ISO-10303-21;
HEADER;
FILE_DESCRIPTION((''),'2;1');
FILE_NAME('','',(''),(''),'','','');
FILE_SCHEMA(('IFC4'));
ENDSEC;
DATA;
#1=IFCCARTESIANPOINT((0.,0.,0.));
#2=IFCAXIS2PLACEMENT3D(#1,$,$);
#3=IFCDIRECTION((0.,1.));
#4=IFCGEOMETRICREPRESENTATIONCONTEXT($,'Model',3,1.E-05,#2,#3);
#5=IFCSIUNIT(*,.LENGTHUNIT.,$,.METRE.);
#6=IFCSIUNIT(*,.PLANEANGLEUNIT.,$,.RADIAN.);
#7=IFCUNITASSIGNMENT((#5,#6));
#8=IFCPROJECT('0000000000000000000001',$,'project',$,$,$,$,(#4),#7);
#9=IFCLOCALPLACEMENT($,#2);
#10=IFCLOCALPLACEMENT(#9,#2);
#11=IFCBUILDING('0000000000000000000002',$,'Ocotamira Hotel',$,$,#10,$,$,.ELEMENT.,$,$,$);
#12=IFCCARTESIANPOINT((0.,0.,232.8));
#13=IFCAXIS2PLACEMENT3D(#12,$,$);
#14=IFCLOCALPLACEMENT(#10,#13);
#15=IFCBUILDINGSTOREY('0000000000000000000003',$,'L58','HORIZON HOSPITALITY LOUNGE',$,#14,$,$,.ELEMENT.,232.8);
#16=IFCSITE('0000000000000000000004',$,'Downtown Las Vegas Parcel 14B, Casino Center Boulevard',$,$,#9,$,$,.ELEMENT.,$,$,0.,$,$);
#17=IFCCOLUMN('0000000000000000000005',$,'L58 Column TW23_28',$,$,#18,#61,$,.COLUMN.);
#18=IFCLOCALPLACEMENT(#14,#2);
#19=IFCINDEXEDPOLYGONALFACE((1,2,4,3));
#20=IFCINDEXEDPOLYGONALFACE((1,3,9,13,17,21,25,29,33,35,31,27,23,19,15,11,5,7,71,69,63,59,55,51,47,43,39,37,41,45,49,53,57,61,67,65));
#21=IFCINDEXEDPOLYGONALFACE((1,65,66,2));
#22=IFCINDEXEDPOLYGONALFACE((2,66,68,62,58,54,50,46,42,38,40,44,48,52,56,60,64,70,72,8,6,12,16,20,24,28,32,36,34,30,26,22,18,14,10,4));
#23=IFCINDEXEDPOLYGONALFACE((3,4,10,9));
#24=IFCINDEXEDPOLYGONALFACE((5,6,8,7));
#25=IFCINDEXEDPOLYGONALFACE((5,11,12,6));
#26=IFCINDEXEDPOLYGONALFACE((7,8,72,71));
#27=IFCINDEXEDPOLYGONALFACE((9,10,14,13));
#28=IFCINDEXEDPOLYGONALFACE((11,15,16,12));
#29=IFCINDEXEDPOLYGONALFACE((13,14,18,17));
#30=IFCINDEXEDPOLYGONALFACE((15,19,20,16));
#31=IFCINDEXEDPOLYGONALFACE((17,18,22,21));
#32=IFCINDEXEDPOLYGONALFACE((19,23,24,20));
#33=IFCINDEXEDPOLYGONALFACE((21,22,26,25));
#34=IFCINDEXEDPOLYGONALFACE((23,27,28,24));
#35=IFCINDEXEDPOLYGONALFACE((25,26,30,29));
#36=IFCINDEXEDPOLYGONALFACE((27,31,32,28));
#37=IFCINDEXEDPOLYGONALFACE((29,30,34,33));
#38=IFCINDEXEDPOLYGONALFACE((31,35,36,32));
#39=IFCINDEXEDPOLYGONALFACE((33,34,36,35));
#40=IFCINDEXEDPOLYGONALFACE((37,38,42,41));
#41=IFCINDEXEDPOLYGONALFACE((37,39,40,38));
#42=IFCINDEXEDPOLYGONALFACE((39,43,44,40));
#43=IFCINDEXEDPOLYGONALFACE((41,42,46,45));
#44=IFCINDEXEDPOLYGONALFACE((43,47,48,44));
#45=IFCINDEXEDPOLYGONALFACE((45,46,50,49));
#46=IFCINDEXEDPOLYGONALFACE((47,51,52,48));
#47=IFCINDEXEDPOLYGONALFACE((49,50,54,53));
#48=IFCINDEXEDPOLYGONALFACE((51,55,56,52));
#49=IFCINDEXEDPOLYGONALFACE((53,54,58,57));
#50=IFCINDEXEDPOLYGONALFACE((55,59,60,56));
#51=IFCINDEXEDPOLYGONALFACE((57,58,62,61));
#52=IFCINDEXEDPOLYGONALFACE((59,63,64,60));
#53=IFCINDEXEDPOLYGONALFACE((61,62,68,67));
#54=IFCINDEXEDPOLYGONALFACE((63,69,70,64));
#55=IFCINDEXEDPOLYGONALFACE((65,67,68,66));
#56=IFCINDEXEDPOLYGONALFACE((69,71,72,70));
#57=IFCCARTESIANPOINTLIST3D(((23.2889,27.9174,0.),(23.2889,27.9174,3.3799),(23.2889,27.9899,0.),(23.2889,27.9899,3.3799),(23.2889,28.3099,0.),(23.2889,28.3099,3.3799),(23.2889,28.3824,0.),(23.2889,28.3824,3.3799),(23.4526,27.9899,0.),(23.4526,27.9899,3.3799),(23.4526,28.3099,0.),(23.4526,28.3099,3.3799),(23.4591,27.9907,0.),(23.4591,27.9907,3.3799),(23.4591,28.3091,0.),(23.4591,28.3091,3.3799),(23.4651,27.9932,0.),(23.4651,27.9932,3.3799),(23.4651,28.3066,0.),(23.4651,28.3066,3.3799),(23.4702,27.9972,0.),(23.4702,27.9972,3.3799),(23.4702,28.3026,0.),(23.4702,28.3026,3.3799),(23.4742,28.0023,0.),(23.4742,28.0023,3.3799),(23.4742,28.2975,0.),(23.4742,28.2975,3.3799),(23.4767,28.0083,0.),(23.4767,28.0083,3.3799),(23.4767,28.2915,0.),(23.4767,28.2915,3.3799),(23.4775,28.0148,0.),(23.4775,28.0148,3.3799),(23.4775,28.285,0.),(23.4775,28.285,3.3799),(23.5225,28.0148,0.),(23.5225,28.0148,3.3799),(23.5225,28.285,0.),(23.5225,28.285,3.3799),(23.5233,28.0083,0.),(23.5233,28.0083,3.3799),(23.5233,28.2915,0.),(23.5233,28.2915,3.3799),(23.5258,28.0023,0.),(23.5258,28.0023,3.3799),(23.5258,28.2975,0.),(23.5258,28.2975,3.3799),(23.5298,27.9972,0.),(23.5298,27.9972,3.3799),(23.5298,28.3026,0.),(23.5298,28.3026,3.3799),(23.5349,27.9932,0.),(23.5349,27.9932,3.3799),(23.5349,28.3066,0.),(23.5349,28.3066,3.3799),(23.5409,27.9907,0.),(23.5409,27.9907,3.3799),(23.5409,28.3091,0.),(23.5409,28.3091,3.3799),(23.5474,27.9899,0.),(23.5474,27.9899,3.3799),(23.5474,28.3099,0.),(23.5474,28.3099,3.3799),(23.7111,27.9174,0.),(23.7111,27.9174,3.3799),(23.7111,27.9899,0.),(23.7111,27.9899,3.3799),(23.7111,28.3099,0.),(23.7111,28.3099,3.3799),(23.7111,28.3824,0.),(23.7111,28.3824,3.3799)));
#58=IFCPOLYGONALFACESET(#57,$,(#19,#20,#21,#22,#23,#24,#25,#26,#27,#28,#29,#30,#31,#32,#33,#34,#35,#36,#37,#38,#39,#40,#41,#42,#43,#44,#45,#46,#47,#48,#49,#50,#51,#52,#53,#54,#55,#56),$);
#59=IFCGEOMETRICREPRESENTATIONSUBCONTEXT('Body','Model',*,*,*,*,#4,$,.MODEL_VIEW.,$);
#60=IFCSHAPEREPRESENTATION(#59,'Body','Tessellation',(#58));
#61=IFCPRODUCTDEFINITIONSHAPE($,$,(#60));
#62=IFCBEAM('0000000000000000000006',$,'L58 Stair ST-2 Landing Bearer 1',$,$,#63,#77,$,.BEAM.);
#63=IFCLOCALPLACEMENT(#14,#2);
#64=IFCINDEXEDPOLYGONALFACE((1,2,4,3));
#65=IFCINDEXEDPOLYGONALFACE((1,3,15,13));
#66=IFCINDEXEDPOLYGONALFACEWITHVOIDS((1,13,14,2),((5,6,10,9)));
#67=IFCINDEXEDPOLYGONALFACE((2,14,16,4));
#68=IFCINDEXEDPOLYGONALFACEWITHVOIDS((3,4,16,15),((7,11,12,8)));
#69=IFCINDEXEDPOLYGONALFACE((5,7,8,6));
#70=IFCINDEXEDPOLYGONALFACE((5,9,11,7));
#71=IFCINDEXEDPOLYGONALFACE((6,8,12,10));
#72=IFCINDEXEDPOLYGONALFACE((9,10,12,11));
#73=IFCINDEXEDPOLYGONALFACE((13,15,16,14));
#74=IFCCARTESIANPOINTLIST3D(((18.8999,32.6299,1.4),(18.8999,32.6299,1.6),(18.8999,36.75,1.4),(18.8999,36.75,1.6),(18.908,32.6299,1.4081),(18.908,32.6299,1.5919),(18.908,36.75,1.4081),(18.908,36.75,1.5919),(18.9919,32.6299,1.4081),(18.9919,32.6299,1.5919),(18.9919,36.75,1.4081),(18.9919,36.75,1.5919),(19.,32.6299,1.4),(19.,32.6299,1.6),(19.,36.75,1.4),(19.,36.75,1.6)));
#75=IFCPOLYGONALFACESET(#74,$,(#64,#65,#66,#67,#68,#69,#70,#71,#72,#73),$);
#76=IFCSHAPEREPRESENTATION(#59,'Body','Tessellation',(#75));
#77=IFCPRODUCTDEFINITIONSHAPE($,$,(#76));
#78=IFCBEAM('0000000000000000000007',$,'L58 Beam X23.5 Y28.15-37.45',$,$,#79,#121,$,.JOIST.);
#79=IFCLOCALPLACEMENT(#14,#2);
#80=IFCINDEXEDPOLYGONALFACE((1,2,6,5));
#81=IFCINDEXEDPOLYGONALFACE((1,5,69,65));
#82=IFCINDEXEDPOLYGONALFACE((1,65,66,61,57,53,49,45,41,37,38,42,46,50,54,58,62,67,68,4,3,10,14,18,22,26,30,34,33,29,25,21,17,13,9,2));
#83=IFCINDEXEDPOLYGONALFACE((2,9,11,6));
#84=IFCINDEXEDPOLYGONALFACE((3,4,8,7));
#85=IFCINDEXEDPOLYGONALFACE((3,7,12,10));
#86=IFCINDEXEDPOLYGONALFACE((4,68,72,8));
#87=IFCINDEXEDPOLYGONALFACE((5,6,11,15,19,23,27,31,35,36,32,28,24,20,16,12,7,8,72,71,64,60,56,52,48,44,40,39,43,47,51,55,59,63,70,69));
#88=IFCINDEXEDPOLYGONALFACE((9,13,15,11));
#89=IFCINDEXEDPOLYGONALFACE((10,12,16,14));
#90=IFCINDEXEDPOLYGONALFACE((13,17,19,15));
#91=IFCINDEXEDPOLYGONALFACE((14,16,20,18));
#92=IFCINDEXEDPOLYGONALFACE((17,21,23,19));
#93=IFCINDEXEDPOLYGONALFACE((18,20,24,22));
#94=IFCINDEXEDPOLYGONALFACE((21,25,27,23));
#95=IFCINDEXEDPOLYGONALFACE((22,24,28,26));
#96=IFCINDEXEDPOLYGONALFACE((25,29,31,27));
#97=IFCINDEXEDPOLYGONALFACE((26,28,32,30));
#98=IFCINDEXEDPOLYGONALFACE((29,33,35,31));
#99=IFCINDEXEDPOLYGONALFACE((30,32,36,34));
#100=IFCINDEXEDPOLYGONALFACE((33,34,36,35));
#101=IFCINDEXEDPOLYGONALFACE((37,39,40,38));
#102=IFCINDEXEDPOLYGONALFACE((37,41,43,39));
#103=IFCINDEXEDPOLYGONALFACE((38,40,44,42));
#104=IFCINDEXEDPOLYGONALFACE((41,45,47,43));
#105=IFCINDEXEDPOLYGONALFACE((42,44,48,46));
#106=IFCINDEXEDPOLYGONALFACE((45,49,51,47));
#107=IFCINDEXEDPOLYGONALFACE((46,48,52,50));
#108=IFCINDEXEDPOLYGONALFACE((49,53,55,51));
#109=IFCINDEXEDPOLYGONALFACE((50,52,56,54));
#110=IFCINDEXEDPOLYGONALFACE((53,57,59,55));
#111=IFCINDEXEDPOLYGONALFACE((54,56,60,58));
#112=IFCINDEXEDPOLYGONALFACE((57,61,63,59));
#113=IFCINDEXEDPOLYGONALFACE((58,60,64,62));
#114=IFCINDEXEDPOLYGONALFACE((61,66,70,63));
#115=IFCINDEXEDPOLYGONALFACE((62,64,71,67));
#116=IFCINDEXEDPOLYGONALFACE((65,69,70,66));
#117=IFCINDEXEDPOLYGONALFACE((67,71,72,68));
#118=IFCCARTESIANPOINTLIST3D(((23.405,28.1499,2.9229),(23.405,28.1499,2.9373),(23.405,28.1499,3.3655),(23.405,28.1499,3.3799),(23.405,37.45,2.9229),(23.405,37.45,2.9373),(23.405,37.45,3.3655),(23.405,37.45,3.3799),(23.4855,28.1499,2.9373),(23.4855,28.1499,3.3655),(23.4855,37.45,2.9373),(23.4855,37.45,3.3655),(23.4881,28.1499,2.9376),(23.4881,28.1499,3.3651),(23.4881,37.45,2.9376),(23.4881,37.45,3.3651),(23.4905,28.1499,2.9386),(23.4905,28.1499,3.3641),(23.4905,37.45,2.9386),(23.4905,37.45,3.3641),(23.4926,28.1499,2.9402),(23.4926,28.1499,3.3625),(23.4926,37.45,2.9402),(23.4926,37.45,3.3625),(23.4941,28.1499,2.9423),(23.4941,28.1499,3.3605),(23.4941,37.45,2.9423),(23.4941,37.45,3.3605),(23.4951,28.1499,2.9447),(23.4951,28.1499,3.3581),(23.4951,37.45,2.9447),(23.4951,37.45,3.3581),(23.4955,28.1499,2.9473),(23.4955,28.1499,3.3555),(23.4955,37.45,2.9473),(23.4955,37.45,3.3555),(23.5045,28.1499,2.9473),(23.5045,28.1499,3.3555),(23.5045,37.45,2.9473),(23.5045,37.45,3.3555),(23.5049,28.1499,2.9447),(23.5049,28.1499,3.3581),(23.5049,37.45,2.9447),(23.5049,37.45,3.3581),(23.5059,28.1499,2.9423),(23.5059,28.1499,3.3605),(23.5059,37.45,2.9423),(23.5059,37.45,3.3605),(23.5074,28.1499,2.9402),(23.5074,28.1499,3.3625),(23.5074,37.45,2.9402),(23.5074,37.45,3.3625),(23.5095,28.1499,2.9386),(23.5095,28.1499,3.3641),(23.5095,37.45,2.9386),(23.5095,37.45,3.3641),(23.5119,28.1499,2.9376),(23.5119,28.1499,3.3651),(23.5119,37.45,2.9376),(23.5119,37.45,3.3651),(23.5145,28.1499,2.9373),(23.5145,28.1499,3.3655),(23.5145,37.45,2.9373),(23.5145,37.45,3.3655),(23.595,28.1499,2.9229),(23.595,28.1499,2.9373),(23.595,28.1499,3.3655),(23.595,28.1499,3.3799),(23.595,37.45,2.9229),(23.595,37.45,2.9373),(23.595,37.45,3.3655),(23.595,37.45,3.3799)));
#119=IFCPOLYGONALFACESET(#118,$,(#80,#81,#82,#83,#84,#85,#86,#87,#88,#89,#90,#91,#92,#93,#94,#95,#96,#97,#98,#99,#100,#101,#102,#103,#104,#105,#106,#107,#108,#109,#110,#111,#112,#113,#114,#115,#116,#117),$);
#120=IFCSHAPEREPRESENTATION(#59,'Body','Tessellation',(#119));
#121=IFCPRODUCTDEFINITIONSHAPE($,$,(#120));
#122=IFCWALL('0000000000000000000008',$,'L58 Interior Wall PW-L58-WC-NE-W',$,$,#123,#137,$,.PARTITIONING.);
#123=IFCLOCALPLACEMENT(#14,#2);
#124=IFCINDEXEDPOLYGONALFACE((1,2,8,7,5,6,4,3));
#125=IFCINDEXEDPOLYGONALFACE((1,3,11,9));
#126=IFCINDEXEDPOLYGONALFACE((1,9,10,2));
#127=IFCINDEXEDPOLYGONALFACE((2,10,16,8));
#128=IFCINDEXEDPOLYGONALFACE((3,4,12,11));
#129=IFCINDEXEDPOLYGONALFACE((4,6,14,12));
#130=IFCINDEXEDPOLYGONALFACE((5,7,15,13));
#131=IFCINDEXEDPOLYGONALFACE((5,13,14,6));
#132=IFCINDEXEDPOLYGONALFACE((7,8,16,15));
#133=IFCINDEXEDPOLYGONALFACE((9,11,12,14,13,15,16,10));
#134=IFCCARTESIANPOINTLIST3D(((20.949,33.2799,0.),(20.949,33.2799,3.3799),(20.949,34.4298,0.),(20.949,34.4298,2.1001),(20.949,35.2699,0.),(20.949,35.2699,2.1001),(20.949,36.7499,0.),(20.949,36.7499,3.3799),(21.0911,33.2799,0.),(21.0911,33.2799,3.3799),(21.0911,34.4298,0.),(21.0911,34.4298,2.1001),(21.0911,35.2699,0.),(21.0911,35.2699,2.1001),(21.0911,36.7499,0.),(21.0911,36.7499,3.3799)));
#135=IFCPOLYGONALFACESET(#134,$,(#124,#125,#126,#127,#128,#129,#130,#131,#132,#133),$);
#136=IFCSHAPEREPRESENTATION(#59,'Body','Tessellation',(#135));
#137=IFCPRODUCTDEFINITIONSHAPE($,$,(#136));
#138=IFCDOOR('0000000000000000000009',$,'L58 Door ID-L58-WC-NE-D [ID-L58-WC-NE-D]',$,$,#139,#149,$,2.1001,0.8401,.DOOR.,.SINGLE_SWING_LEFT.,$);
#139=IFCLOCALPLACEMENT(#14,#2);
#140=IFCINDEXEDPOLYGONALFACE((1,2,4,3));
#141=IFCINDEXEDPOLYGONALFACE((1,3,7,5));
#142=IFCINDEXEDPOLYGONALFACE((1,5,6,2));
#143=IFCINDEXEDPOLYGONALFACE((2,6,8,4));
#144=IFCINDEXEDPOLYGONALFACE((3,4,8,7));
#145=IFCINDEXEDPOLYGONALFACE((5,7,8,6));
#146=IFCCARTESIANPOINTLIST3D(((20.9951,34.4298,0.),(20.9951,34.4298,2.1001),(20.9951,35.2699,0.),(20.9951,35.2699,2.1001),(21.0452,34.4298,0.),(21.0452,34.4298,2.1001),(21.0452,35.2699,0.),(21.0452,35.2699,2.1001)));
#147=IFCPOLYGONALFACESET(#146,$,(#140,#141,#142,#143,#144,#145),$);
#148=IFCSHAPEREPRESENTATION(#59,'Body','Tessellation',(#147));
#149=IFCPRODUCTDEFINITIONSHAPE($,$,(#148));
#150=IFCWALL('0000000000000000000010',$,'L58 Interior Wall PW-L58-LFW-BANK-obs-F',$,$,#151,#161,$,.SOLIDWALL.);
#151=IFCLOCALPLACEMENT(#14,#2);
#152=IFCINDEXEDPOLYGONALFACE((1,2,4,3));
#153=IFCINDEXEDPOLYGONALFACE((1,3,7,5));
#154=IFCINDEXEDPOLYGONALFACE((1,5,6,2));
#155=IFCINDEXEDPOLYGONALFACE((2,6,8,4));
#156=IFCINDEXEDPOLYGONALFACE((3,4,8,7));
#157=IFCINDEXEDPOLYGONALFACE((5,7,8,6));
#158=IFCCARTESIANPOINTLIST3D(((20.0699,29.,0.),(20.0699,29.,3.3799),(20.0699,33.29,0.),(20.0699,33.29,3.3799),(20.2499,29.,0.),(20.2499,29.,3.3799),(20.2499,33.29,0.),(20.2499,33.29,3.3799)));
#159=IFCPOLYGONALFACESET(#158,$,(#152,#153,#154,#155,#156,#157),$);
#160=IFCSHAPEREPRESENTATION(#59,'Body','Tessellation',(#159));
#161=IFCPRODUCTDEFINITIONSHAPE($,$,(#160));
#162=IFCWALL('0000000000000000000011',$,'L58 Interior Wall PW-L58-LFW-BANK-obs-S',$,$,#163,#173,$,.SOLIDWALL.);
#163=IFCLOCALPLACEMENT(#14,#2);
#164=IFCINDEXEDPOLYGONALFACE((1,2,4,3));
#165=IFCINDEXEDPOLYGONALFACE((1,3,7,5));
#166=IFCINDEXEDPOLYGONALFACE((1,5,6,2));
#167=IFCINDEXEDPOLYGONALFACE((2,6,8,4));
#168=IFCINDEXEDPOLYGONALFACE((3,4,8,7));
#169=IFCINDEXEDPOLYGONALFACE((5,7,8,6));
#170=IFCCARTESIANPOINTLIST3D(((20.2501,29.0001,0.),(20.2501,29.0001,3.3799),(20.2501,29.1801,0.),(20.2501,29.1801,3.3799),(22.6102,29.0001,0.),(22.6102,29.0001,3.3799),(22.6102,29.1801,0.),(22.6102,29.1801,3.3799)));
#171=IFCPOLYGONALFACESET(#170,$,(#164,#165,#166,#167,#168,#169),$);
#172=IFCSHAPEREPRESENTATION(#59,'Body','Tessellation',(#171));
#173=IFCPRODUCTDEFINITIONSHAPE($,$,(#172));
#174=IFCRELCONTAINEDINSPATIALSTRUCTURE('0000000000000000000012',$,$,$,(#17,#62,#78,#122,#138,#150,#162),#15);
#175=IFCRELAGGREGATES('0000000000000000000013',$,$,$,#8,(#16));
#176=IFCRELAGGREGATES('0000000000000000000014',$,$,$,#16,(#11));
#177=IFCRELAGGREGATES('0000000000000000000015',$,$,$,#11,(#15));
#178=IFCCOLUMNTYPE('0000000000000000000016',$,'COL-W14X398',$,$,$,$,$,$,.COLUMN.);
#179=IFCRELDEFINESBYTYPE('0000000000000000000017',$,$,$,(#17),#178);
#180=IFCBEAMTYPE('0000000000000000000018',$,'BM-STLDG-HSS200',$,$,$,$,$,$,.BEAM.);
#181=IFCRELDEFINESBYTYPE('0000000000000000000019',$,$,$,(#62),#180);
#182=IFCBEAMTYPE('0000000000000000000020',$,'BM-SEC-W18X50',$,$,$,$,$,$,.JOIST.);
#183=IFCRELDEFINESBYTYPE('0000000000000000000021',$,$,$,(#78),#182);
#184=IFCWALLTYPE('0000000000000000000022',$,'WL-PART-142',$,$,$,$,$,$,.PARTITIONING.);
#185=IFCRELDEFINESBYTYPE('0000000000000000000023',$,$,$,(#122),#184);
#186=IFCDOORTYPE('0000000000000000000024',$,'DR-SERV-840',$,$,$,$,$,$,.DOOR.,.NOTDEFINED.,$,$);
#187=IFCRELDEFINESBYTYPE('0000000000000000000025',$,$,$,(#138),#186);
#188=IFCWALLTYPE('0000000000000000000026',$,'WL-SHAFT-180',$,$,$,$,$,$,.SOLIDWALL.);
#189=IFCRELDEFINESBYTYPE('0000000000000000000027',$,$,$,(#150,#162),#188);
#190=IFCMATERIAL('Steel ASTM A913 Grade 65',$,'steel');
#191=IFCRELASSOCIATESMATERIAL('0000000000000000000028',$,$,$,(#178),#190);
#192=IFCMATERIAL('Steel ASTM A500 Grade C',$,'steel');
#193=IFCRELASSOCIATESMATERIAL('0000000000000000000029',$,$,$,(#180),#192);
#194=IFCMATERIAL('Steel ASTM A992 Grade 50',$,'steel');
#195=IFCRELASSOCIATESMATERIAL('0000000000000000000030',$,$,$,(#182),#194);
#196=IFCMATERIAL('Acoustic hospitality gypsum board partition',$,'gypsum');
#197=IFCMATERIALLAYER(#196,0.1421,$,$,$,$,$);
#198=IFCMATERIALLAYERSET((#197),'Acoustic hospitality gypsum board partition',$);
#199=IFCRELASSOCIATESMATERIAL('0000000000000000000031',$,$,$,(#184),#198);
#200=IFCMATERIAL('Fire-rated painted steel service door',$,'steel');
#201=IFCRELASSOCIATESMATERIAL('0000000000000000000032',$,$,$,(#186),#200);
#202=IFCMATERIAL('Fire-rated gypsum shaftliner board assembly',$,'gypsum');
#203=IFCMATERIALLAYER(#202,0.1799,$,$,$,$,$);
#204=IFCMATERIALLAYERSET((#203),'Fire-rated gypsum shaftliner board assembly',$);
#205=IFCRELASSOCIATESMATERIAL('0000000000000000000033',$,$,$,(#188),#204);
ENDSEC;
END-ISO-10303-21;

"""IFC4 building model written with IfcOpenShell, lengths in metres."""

from ifc_helpers import new_model, si_unit, direction, frame, frame_2d, origin, origin_2d, place, context, subcontext, project, spatial, rectangle, hollow_rectangle, i_section, extrude, source, transform, mapped, material, layer, layer_set, material_profile, profile_set, type_object, element, fill, save


model = new_model("IFC4")

# Units and contexts
model_context = context("Model", 3, precision=1e-05, world=origin(), true_north=direction((0.0, 1.0)))
body_context = subcontext(model_context, "Body", "Model", "MODEL_VIEW")
ifc_project = project(units=[si_unit("LENGTHUNIT", "METRE"), si_unit("PLANEANGLEUNIT", "RADIAN")], contexts=[model_context])

# Site, building, storey
site_placement = place(None, origin())
site = spatial("IfcSite", under=ifc_project, at=site_placement, Name="Downtown Las Vegas Parcel 14B, Casino Center Boulevard", CompositionType="ELEMENT", RefElevation=0.0)
building_placement = place(site_placement, origin())
building = spatial("IfcBuilding", under=site, at=building_placement, Name="Ocotamira Hotel", CompositionType="ELEMENT")
storey_placement = place(building_placement, frame((0.0, 0.0, 232.8)))
storey = spatial("IfcBuildingStorey", under=building, at=storey_placement, Name="L58", Description="HORIZON HOSPITALITY LOUNGE", CompositionType="ELEMENT", Elevation=232.8)

# Column
ifc_material_1 = material(Name="Steel ASTM A913 Grade 65", Category="steel")
ifc_material_profile_1 = material_profile(ifc_material_1, i_section(OverallWidth=0.4221, OverallDepth=0.4651, WebThickness=0.0449, FlangeThickness=0.0725, FilletRadius=0.0249, at=origin_2d()), Name="W14X398")
ifc_profile_set_1 = profile_set([ifc_material_profile_1], Name="Steel ASTM A913 Grade 65")
column_type = type_object("IfcColumnType", Name="COL-W14X398", PredefinedType="COLUMN", material=ifc_profile_set_1)
shared_shape_1 = source(origin(), body_context, "Body", "SweptSolid", [
    extrude(i_section(OverallWidth=0.4221, OverallDepth=0.4651, WebThickness=0.0449, FlangeThickness=0.0725, FilletRadius=0.0249, at=origin_2d()), origin(), (0.0, 0.0, 1.0), 3.3799),
])
column_placement = place(storey_placement, frame((23.5, 28.1499, 0.0), z_axis=(0.0, 0.0, 1.0), x_axis=(1.0, 0.0, 0.0)))
element("IfcColumn", 1, at=column_placement, inside=storey, type_object=column_type, Name="L58 Column TW23_28", PredefinedType="COLUMN", context=body_context, shape_type="MappedRepresentation", body=[
    mapped(shared_shape_1, transform((0.0, 0.0, 0.0), scale=1.0)),
])

# Beams
ifc_material_2 = material(Name="Steel ASTM A500 Grade C", Category="steel")
ifc_material_profile_2 = material_profile(ifc_material_2, hollow_rectangle(XDim=0.1001, YDim=0.2, WallThickness=0.0081, at=origin_2d()), Name="HSS200X100X8")
ifc_profile_set_2 = profile_set([ifc_material_profile_2], Name="Steel ASTM A500 Grade C")
beam_type_1 = type_object("IfcBeamType", Name="BM-STLDG-HSS200", PredefinedType="BEAM", material=ifc_profile_set_2)
shared_shape_2 = source(origin(), body_context, "Body", "SweptSolid", [
    extrude(hollow_rectangle(XDim=0.1001, YDim=0.2, WallThickness=0.0081, at=origin_2d()), origin(), (0.0, 0.0, 1.0), 4.1201),
])
beam_1_placement = place(storey_placement, frame((18.95, 32.6299, 1.5), z_axis=(0.0, 1.0, 0.0), x_axis=(-1.0, 0.0, 0.0)))
element("IfcBeam", 2, at=beam_1_placement, inside=storey, type_object=beam_type_1, Name="L58 Stair ST-2 Landing Bearer 1", PredefinedType="BEAM", context=body_context, shape_type="MappedRepresentation", body=[
    mapped(shared_shape_2, transform((0.0, 0.0, 0.0), scale=1.0)),
])
ifc_material_3 = material(Name="Steel ASTM A992 Grade 50", Category="steel")
ifc_material_profile_3 = material_profile(ifc_material_3, i_section(OverallWidth=0.1899, OverallDepth=0.457, WebThickness=0.009, FlangeThickness=0.0144, FilletRadius=0.01, at=origin_2d()), Name="W18X50")
ifc_profile_set_3 = profile_set([ifc_material_profile_3], Name="Steel ASTM A992 Grade 50")
beam_type_2 = type_object("IfcBeamType", Name="BM-SEC-W18X50", PredefinedType="JOIST", material=ifc_profile_set_3)
shared_shape_3 = source(origin(), body_context, "Body", "SweptSolid", [
    extrude(i_section(OverallWidth=0.1899, OverallDepth=0.457, WebThickness=0.009, FlangeThickness=0.0144, FilletRadius=0.01, at=origin_2d()), origin(), (0.0, 0.0, 1.0), 9.3),
])
beam_2_placement = place(storey_placement, frame((23.5, 28.1499, 3.1514), z_axis=(0.0, 1.0, 0.0), x_axis=(-1.0, 0.0, 0.0)))
element("IfcBeam", 3, at=beam_2_placement, inside=storey, type_object=beam_type_2, Name="L58 Beam X23.5 Y28.15-37.45", PredefinedType="JOIST", context=body_context, shape_type="MappedRepresentation", body=[
    mapped(shared_shape_3, transform((0.0, 0.0, 0.0), scale=1.0)),
])

# Wall, opening, door
ifc_material_4 = material(Name="Acoustic hospitality gypsum board partition", Category="gypsum")
ifc_layer_1 = layer(ifc_material_4, 0.1421)
ifc_layer_set_1 = layer_set([ifc_layer_1], Name="Acoustic hospitality gypsum board partition")
wall_type_1 = type_object("IfcWallType", Name="WL-PART-142", PredefinedType="PARTITIONING", material=ifc_layer_set_1)
wall_1_placement = place(storey_placement, frame((21.02, 33.28, 0.0), z_axis=(0.0, 0.0, 1.0), x_axis=(0.0, 1.0, 0.0)))
wall_1 = element("IfcWall", 4, at=wall_1_placement, inside=storey, type_object=wall_type_1, Name="L58 Interior Wall PW-L58-WC-NE-W", PredefinedType="PARTITIONING", context=body_context, shape_type="SweptSolid", body=[
    extrude(rectangle(XDim=3.47, YDim=0.1421, at=frame_2d((1.7349, 0.0))), origin(), (0.0, 0.0, 1.0), 3.3799),
])
opening_1_placement = place(wall_1_placement, frame((1.1499, 0.0, 0.0)))
opening_1 = element("IfcOpeningElement", 5, at=opening_1_placement, cuts=wall_1, PredefinedType="OPENING", context=body_context, shape_type="SweptSolid", body=[
    extrude(rectangle(XDim=0.8401, YDim=2.1001, at=frame_2d((0.4199, 1.05))), frame((0.0, 0.0811, 0.0), z_axis=(0.0, -1.0, 0.0), x_axis=(1.0, 0.0, 0.0)), (0.0, 0.0, 1.0), 0.1621),
])
ifc_material_5 = material(Name="Fire-rated painted steel service door", Category="steel")
door_type_1 = type_object("IfcDoorType", Name="DR-SERV-840", OperationType="NOTDEFINED", PredefinedType="DOOR", material=ifc_material_5)
shared_shape_4 = source(origin(), body_context, "Body", "SweptSolid", [
    extrude(rectangle(XDim=0.8401, YDim=2.1001, at=frame_2d((0.4199, 1.05))), frame((0.0, 0.0249, 0.0), z_axis=(0.0, -1.0, 0.0), x_axis=(1.0, 0.0, 0.0)), (0.0, 0.0, 1.0), 0.05),
])
door_1_placement = place(opening_1_placement, origin())
door_1 = element("IfcDoor", 6, at=door_1_placement, inside=storey, type_object=door_type_1, Name="L58 Door ID-L58-WC-NE-D [ID-L58-WC-NE-D]", OperationType="SINGLE_SWING_LEFT", OverallHeight=2.1001, OverallWidth=0.8401, PredefinedType="DOOR", context=body_context, shape_type="MappedRepresentation", body=[
    mapped(shared_shape_4, transform((0.0, 0.0, 0.0), scale=1.0)),
])
fill(opening_1, door_1)

# Walls
ifc_material_6 = material(Name="Fire-rated gypsum shaftliner board assembly", Category="gypsum")
ifc_layer_2 = layer(ifc_material_6, 0.1799)
ifc_layer_set_2 = layer_set([ifc_layer_2], Name="Fire-rated gypsum shaftliner board assembly")
wall_type_2 = type_object("IfcWallType", Name="WL-SHAFT-180", PredefinedType="SOLIDWALL", material=ifc_layer_set_2)
wall_2_placement = place(storey_placement, frame((20.1599, 29.0, 0.0), z_axis=(0.0, 0.0, 1.0), x_axis=(0.0, 1.0, 0.0)))
element("IfcWall", 7, at=wall_2_placement, inside=storey, type_object=wall_type_2, Name="L58 Interior Wall PW-L58-LFW-BANK-obs-F", PredefinedType="SOLIDWALL", context=body_context, shape_type="SweptSolid", body=[
    extrude(rectangle(XDim=4.29, YDim=0.1799, at=frame_2d((2.145, 0.0))), origin(), (0.0, 0.0, 1.0), 3.3799),
])
wall_3_placement = place(storey_placement, frame((20.25, 29.0901, 0.0), z_axis=(0.0, 0.0, 1.0), x_axis=(1.0, 0.0, 0.0)))
element("IfcWall", 8, at=wall_3_placement, inside=storey, type_object=wall_type_2, Name="L58 Interior Wall PW-L58-LFW-BANK-obs-S", PredefinedType="SOLIDWALL", context=body_context, shape_type="SweptSolid", body=[
    extrude(rectangle(XDim=2.3601, YDim=0.1799, at=frame_2d((1.1802, 0.0))), origin(), (0.0, 0.0, 1.0), 3.3799),
])

save(model, "model.ifc")
